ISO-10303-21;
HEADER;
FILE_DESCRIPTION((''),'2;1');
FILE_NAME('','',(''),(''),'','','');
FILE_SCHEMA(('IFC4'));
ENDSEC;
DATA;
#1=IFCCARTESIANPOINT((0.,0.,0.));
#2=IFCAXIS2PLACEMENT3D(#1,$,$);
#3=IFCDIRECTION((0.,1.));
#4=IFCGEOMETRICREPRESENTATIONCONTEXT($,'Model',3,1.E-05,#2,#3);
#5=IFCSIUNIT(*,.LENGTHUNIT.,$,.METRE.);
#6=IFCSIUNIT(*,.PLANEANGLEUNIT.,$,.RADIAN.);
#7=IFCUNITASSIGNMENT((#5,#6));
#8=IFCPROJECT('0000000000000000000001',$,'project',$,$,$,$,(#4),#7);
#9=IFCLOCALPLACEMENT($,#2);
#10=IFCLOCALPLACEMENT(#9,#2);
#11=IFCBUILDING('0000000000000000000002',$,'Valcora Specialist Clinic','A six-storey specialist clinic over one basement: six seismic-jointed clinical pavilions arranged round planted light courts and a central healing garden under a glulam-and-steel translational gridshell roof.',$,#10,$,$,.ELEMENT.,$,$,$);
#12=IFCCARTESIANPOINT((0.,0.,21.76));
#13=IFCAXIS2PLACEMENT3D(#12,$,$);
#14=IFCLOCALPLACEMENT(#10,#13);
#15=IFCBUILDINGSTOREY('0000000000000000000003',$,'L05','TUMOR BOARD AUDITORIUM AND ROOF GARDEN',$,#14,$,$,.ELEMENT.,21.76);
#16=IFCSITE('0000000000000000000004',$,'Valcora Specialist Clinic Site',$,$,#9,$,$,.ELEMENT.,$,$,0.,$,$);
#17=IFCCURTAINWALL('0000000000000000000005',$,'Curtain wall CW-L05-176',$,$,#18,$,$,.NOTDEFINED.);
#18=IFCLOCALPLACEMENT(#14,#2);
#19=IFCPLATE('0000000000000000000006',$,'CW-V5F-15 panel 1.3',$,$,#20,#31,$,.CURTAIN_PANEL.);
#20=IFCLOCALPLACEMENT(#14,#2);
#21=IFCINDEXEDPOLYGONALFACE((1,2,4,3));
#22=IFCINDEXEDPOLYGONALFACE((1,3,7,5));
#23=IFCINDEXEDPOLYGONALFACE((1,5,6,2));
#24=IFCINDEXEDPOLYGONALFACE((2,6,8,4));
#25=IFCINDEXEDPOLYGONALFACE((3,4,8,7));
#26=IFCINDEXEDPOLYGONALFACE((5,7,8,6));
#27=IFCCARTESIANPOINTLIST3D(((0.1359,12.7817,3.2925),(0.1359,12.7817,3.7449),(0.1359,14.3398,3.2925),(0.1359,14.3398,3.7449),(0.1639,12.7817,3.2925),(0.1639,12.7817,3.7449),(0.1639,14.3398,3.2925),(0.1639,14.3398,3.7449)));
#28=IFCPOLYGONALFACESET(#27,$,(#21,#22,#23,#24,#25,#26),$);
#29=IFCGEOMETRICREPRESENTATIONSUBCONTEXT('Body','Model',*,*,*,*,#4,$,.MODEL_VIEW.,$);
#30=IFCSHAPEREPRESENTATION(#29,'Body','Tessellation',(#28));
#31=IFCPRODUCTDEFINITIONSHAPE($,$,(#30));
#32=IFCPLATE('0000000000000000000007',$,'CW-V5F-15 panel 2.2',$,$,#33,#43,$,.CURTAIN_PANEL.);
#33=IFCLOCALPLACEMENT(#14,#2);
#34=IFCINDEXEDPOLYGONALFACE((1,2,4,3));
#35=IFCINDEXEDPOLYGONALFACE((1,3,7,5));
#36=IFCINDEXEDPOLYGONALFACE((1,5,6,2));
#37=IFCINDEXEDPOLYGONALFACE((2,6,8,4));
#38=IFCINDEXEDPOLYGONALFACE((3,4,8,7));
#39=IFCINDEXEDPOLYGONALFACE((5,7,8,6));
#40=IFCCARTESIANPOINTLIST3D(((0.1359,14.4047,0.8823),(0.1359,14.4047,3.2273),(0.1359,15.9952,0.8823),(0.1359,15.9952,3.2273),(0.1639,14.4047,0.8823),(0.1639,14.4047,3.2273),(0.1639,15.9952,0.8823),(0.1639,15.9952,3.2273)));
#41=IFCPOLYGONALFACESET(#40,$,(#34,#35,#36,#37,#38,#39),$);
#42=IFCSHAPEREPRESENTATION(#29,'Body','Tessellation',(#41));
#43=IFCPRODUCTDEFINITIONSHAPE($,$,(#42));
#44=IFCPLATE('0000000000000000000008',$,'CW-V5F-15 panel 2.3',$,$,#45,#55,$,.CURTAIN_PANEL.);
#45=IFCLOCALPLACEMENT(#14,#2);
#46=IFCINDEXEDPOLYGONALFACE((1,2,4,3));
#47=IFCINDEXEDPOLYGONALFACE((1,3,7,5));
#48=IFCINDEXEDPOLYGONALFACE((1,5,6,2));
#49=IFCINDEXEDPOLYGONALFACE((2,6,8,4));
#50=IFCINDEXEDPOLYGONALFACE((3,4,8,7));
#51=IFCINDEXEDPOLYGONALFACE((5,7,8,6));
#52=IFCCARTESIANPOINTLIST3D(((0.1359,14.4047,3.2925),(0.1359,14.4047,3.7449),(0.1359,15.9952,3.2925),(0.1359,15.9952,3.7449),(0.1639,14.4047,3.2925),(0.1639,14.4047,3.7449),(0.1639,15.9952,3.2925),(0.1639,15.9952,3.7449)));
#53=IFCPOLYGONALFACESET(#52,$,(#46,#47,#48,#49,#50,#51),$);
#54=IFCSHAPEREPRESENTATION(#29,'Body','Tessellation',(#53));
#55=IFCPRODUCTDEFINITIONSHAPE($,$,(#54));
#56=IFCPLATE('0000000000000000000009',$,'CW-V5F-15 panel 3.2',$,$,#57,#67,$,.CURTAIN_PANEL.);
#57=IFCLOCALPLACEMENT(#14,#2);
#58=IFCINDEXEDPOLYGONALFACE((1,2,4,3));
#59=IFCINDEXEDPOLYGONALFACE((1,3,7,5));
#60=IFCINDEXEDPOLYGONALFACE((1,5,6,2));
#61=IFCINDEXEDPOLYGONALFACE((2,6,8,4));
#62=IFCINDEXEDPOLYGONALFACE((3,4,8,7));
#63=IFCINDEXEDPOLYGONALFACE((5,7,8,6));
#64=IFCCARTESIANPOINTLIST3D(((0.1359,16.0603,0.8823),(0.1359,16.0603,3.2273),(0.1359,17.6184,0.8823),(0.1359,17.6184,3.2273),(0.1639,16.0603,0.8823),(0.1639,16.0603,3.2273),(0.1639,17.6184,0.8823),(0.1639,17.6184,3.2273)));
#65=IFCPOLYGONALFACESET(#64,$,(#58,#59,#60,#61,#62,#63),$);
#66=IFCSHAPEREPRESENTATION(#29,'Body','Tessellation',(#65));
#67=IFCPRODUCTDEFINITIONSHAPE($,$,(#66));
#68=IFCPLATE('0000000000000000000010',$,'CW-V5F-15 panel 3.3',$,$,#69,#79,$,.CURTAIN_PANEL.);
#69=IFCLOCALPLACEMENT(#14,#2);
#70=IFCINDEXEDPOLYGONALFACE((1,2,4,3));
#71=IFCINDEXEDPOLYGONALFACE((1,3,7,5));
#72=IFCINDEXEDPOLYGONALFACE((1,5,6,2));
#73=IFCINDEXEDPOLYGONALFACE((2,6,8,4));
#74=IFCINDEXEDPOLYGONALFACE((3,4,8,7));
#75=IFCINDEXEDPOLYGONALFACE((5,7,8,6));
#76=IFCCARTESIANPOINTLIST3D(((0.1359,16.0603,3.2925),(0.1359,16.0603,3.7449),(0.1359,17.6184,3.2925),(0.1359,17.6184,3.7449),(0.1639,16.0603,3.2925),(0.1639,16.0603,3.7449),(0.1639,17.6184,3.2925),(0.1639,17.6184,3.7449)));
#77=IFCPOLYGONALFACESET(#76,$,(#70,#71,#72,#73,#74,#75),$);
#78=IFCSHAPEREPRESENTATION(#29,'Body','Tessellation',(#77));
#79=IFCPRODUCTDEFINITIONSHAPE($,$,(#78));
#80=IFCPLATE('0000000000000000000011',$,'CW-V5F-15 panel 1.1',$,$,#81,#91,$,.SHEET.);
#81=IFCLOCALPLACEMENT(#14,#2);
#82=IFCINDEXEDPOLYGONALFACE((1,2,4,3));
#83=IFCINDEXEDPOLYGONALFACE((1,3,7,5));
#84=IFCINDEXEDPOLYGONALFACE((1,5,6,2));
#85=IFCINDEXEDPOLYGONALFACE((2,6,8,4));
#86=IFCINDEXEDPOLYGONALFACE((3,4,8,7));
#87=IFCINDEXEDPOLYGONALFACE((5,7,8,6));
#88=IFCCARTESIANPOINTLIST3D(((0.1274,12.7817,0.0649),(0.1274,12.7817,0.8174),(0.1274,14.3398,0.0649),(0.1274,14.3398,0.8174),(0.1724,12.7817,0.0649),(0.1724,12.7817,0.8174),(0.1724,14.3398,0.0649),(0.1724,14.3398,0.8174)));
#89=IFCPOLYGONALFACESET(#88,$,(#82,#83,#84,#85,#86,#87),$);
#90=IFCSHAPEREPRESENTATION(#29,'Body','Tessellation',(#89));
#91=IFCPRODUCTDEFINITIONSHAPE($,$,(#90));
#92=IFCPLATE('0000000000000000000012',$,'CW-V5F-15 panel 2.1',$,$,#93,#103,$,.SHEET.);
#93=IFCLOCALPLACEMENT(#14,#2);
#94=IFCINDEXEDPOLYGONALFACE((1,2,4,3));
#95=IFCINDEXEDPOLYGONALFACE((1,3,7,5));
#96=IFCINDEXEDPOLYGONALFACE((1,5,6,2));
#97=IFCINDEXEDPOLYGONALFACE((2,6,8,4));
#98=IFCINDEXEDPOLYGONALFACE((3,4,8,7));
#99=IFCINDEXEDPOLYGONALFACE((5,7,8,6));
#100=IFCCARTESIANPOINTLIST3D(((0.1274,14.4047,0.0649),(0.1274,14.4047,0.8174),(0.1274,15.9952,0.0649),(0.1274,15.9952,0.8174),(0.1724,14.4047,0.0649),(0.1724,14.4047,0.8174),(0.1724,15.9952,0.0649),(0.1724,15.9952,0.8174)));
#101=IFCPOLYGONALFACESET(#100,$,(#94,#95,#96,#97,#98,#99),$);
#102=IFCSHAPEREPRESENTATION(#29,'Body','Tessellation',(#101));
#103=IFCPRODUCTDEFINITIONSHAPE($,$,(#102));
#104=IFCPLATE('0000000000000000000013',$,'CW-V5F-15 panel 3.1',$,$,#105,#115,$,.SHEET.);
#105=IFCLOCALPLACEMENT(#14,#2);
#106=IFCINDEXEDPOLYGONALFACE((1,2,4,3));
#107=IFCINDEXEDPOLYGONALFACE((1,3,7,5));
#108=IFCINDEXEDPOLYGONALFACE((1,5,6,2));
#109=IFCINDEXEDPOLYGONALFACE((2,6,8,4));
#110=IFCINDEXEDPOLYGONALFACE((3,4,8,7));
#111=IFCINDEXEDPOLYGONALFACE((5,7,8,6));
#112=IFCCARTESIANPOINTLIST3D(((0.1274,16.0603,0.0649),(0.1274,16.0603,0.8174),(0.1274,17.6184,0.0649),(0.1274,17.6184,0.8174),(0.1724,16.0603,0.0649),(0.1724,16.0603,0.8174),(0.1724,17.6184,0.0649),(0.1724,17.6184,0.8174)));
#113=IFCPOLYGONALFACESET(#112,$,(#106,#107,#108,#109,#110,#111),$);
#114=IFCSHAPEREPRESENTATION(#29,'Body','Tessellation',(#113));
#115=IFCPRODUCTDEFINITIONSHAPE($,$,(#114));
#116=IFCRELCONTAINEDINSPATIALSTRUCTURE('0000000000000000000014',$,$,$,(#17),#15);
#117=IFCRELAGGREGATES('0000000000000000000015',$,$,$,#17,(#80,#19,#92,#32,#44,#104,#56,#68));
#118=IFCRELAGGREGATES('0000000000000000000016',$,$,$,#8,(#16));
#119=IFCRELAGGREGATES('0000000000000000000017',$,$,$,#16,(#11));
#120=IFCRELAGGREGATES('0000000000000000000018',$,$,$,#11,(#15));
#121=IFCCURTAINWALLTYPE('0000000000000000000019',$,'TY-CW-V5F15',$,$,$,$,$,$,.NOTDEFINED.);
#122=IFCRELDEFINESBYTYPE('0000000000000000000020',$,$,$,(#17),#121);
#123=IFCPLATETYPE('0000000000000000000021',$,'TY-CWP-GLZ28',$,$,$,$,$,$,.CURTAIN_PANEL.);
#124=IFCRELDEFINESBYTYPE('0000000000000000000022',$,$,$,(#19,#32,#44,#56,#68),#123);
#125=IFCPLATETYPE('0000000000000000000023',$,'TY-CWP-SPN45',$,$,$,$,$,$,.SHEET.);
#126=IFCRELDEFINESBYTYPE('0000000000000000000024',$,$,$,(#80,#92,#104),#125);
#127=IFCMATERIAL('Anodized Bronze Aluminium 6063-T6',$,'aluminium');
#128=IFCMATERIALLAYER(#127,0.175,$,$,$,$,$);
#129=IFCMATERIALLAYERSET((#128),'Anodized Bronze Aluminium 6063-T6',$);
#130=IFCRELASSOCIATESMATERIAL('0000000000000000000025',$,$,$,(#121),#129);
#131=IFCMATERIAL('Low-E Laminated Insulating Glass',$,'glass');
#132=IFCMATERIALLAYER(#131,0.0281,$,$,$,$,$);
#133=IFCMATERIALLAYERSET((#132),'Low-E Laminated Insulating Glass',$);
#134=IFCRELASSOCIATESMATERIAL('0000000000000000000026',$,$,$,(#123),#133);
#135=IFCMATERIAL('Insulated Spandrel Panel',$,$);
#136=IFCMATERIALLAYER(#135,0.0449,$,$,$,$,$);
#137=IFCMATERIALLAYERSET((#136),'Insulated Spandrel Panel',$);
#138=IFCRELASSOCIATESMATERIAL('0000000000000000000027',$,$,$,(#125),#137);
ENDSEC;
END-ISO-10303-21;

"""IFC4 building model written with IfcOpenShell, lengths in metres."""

from ifc_helpers import new_model, si_unit, direction, frame, origin, origin_2d, place, context, subcontext, project, spatial, rectangle, extrude, material, layer, layer_set, type_object, element, aggregate, save


model = new_model("IFC4")

# Units and contexts
model_context = context("Model", 3, precision=1e-05, world=origin(), true_north=direction((0.0, 1.0)))
body_context = subcontext(model_context, "Body", "Model", "MODEL_VIEW")
ifc_project = project(units=[si_unit("LENGTHUNIT", "METRE"), si_unit("PLANEANGLEUNIT", "RADIAN")], contexts=[model_context])

# Site, building, storey
site_placement = place(None, origin())
site = spatial("IfcSite", under=ifc_project, at=site_placement, Name="Valcora Specialist Clinic Site", CompositionType="ELEMENT", RefElevation=0.0)
building_placement = place(site_placement, origin())
building = spatial("IfcBuilding", under=site, at=building_placement, Name="Valcora Specialist Clinic", Description="A six-storey specialist clinic over one basement: six seismic-jointed clinical pavilions arranged round planted light courts and a central healing garden under a glulam-and-steel translational gridshell roof.", CompositionType="ELEMENT")
storey_placement = place(building_placement, frame((0.0, 0.0, 21.76)))
storey = spatial("IfcBuildingStorey", under=building, at=storey_placement, Name="L05", Description="TUMOR BOARD AUDITORIUM AND ROOF GARDEN", CompositionType="ELEMENT", Elevation=21.76)

# Curtain wall
ifc_material_1 = material(Name="Anodized Bronze Aluminium 6063-T6", Category="aluminium")
ifc_layer_1 = layer(ifc_material_1, 0.175)
ifc_layer_set_1 = layer_set([ifc_layer_1], Name="Anodized Bronze Aluminium 6063-T6")
curtain_wall_type = type_object("IfcCurtainWallType", Name="TY-CW-V5F15", PredefinedType="NOTDEFINED", material=ifc_layer_set_1)
curtain_wall_1_placement = place(storey_placement, origin())
curtain_wall_1 = element("IfcCurtainWall", 1, at=curtain_wall_1_placement, inside=storey, type_object=curtain_wall_type, Name="Curtain wall CW-L05-176", PredefinedType="NOTDEFINED")

# Plates
ifc_material_2 = material(Name="Low-E Laminated Insulating Glass", Category="glass")
ifc_layer_2 = layer(ifc_material_2, 0.0281)
ifc_layer_set_2 = layer_set([ifc_layer_2], Name="Low-E Laminated Insulating Glass")
plate_type_1 = type_object("IfcPlateType", Name="TY-CWP-GLZ28", PredefinedType="CURTAIN_PANEL", material=ifc_layer_set_2)
plate_1_placement = place(storey_placement, frame((0.1499, 13.5608, 3.2925), z_axis=(0.0, 0.0, 1.0), x_axis=(0.0, 1.0, 0.0)))
plate_1 = element("IfcPlate", 2, at=plate_1_placement, type_object=plate_type_1, Name="CW-V5F-15 panel 1.3", PredefinedType="CURTAIN_PANEL", context=body_context, shape_type="SweptSolid", body=[
    extrude(rectangle(XDim=1.5581, YDim=0.0281, at=origin_2d()), origin(), (0.0, 0.0, 1.0), 0.4524),
])
plate_2_placement = place(storey_placement, frame((0.1499, 15.2, 0.8823), z_axis=(0.0, 0.0, 1.0), x_axis=(0.0, 1.0, 0.0)))
plate_2 = element("IfcPlate", 3, at=plate_2_placement, type_object=plate_type_1, Name="CW-V5F-15 panel 2.2", PredefinedType="CURTAIN_PANEL", context=body_context, shape_type="SweptSolid", body=[
    extrude(rectangle(XDim=1.5906, YDim=0.0281, at=origin_2d()), origin(), (0.0, 0.0, 1.0), 2.345),
])
plate_3_placement = place(storey_placement, frame((0.1499, 15.2, 3.2925), z_axis=(0.0, 0.0, 1.0), x_axis=(0.0, 1.0, 0.0)))
plate_3 = element("IfcPlate", 4, at=plate_3_placement, type_object=plate_type_1, Name="CW-V5F-15 panel 2.3", PredefinedType="CURTAIN_PANEL", context=body_context, shape_type="SweptSolid", body=[
    extrude(rectangle(XDim=1.5906, YDim=0.0281, at=origin_2d()), origin(), (0.0, 0.0, 1.0), 0.4524),
])
plate_4_placement = place(storey_placement, frame((0.1499, 16.8394, 0.8823), z_axis=(0.0, 0.0, 1.0), x_axis=(0.0, 1.0, 0.0)))
plate_4 = element("IfcPlate", 5, at=plate_4_placement, type_object=plate_type_1, Name="CW-V5F-15 panel 3.2", PredefinedType="CURTAIN_PANEL", context=body_context, shape_type="SweptSolid", body=[
    extrude(rectangle(XDim=1.5581, YDim=0.0281, at=origin_2d()), origin(), (0.0, 0.0, 1.0), 2.345),
])
plate_5_placement = place(storey_placement, frame((0.1499, 16.8394, 3.2925), z_axis=(0.0, 0.0, 1.0), x_axis=(0.0, 1.0, 0.0)))
plate_5 = element("IfcPlate", 6, at=plate_5_placement, type_object=plate_type_1, Name="CW-V5F-15 panel 3.3", PredefinedType="CURTAIN_PANEL", context=body_context, shape_type="SweptSolid", body=[
    extrude(rectangle(XDim=1.5581, YDim=0.0281, at=origin_2d()), origin(), (0.0, 0.0, 1.0), 0.4524),
])
ifc_material_3 = material(Name="Insulated Spandrel Panel")
ifc_layer_3 = layer(ifc_material_3, 0.0449)
ifc_layer_set_3 = layer_set([ifc_layer_3], Name="Insulated Spandrel Panel")
plate_type_2 = type_object("IfcPlateType", Name="TY-CWP-SPN45", PredefinedType="SHEET", material=ifc_layer_set_3)
plate_6_placement = place(storey_placement, frame((0.1499, 13.5608, 0.0649), z_axis=(0.0, 0.0, 1.0), x_axis=(0.0, 1.0, 0.0)))
plate_6 = element("IfcPlate", 7, at=plate_6_placement, type_object=plate_type_2, Name="CW-V5F-15 panel 1.1", PredefinedType="SHEET", context=body_context, shape_type="SweptSolid", body=[
    extrude(rectangle(XDim=1.5581, YDim=0.0449, at=origin_2d()), origin(), (0.0, 0.0, 1.0), 0.7524),
])
plate_7_placement = place(storey_placement, frame((0.1499, 15.2, 0.0649), z_axis=(0.0, 0.0, 1.0), x_axis=(0.0, 1.0, 0.0)))
plate_7 = element("IfcPlate", 8, at=plate_7_placement, type_object=plate_type_2, Name="CW-V5F-15 panel 2.1", PredefinedType="SHEET", context=body_context, shape_type="SweptSolid", body=[
    extrude(rectangle(XDim=1.5906, YDim=0.0449, at=origin_2d()), origin(), (0.0, 0.0, 1.0), 0.7524),
])
plate_8_placement = place(storey_placement, frame((0.1499, 16.8394, 0.0649), z_axis=(0.0, 0.0, 1.0), x_axis=(0.0, 1.0, 0.0)))
plate_8 = element("IfcPlate", 9, at=plate_8_placement, type_object=plate_type_2, Name="CW-V5F-15 panel 3.1", PredefinedType="SHEET", context=body_context, shape_type="SweptSolid", body=[
    extrude(rectangle(XDim=1.5581, YDim=0.0449, at=origin_2d()), origin(), (0.0, 0.0, 1.0), 0.7524),
])
aggregate(curtain_wall_1, [plate_6, plate_1, plate_7, plate_2, plate_3, plate_8, plate_4, plate_5])

save(model, "model.ifc")
